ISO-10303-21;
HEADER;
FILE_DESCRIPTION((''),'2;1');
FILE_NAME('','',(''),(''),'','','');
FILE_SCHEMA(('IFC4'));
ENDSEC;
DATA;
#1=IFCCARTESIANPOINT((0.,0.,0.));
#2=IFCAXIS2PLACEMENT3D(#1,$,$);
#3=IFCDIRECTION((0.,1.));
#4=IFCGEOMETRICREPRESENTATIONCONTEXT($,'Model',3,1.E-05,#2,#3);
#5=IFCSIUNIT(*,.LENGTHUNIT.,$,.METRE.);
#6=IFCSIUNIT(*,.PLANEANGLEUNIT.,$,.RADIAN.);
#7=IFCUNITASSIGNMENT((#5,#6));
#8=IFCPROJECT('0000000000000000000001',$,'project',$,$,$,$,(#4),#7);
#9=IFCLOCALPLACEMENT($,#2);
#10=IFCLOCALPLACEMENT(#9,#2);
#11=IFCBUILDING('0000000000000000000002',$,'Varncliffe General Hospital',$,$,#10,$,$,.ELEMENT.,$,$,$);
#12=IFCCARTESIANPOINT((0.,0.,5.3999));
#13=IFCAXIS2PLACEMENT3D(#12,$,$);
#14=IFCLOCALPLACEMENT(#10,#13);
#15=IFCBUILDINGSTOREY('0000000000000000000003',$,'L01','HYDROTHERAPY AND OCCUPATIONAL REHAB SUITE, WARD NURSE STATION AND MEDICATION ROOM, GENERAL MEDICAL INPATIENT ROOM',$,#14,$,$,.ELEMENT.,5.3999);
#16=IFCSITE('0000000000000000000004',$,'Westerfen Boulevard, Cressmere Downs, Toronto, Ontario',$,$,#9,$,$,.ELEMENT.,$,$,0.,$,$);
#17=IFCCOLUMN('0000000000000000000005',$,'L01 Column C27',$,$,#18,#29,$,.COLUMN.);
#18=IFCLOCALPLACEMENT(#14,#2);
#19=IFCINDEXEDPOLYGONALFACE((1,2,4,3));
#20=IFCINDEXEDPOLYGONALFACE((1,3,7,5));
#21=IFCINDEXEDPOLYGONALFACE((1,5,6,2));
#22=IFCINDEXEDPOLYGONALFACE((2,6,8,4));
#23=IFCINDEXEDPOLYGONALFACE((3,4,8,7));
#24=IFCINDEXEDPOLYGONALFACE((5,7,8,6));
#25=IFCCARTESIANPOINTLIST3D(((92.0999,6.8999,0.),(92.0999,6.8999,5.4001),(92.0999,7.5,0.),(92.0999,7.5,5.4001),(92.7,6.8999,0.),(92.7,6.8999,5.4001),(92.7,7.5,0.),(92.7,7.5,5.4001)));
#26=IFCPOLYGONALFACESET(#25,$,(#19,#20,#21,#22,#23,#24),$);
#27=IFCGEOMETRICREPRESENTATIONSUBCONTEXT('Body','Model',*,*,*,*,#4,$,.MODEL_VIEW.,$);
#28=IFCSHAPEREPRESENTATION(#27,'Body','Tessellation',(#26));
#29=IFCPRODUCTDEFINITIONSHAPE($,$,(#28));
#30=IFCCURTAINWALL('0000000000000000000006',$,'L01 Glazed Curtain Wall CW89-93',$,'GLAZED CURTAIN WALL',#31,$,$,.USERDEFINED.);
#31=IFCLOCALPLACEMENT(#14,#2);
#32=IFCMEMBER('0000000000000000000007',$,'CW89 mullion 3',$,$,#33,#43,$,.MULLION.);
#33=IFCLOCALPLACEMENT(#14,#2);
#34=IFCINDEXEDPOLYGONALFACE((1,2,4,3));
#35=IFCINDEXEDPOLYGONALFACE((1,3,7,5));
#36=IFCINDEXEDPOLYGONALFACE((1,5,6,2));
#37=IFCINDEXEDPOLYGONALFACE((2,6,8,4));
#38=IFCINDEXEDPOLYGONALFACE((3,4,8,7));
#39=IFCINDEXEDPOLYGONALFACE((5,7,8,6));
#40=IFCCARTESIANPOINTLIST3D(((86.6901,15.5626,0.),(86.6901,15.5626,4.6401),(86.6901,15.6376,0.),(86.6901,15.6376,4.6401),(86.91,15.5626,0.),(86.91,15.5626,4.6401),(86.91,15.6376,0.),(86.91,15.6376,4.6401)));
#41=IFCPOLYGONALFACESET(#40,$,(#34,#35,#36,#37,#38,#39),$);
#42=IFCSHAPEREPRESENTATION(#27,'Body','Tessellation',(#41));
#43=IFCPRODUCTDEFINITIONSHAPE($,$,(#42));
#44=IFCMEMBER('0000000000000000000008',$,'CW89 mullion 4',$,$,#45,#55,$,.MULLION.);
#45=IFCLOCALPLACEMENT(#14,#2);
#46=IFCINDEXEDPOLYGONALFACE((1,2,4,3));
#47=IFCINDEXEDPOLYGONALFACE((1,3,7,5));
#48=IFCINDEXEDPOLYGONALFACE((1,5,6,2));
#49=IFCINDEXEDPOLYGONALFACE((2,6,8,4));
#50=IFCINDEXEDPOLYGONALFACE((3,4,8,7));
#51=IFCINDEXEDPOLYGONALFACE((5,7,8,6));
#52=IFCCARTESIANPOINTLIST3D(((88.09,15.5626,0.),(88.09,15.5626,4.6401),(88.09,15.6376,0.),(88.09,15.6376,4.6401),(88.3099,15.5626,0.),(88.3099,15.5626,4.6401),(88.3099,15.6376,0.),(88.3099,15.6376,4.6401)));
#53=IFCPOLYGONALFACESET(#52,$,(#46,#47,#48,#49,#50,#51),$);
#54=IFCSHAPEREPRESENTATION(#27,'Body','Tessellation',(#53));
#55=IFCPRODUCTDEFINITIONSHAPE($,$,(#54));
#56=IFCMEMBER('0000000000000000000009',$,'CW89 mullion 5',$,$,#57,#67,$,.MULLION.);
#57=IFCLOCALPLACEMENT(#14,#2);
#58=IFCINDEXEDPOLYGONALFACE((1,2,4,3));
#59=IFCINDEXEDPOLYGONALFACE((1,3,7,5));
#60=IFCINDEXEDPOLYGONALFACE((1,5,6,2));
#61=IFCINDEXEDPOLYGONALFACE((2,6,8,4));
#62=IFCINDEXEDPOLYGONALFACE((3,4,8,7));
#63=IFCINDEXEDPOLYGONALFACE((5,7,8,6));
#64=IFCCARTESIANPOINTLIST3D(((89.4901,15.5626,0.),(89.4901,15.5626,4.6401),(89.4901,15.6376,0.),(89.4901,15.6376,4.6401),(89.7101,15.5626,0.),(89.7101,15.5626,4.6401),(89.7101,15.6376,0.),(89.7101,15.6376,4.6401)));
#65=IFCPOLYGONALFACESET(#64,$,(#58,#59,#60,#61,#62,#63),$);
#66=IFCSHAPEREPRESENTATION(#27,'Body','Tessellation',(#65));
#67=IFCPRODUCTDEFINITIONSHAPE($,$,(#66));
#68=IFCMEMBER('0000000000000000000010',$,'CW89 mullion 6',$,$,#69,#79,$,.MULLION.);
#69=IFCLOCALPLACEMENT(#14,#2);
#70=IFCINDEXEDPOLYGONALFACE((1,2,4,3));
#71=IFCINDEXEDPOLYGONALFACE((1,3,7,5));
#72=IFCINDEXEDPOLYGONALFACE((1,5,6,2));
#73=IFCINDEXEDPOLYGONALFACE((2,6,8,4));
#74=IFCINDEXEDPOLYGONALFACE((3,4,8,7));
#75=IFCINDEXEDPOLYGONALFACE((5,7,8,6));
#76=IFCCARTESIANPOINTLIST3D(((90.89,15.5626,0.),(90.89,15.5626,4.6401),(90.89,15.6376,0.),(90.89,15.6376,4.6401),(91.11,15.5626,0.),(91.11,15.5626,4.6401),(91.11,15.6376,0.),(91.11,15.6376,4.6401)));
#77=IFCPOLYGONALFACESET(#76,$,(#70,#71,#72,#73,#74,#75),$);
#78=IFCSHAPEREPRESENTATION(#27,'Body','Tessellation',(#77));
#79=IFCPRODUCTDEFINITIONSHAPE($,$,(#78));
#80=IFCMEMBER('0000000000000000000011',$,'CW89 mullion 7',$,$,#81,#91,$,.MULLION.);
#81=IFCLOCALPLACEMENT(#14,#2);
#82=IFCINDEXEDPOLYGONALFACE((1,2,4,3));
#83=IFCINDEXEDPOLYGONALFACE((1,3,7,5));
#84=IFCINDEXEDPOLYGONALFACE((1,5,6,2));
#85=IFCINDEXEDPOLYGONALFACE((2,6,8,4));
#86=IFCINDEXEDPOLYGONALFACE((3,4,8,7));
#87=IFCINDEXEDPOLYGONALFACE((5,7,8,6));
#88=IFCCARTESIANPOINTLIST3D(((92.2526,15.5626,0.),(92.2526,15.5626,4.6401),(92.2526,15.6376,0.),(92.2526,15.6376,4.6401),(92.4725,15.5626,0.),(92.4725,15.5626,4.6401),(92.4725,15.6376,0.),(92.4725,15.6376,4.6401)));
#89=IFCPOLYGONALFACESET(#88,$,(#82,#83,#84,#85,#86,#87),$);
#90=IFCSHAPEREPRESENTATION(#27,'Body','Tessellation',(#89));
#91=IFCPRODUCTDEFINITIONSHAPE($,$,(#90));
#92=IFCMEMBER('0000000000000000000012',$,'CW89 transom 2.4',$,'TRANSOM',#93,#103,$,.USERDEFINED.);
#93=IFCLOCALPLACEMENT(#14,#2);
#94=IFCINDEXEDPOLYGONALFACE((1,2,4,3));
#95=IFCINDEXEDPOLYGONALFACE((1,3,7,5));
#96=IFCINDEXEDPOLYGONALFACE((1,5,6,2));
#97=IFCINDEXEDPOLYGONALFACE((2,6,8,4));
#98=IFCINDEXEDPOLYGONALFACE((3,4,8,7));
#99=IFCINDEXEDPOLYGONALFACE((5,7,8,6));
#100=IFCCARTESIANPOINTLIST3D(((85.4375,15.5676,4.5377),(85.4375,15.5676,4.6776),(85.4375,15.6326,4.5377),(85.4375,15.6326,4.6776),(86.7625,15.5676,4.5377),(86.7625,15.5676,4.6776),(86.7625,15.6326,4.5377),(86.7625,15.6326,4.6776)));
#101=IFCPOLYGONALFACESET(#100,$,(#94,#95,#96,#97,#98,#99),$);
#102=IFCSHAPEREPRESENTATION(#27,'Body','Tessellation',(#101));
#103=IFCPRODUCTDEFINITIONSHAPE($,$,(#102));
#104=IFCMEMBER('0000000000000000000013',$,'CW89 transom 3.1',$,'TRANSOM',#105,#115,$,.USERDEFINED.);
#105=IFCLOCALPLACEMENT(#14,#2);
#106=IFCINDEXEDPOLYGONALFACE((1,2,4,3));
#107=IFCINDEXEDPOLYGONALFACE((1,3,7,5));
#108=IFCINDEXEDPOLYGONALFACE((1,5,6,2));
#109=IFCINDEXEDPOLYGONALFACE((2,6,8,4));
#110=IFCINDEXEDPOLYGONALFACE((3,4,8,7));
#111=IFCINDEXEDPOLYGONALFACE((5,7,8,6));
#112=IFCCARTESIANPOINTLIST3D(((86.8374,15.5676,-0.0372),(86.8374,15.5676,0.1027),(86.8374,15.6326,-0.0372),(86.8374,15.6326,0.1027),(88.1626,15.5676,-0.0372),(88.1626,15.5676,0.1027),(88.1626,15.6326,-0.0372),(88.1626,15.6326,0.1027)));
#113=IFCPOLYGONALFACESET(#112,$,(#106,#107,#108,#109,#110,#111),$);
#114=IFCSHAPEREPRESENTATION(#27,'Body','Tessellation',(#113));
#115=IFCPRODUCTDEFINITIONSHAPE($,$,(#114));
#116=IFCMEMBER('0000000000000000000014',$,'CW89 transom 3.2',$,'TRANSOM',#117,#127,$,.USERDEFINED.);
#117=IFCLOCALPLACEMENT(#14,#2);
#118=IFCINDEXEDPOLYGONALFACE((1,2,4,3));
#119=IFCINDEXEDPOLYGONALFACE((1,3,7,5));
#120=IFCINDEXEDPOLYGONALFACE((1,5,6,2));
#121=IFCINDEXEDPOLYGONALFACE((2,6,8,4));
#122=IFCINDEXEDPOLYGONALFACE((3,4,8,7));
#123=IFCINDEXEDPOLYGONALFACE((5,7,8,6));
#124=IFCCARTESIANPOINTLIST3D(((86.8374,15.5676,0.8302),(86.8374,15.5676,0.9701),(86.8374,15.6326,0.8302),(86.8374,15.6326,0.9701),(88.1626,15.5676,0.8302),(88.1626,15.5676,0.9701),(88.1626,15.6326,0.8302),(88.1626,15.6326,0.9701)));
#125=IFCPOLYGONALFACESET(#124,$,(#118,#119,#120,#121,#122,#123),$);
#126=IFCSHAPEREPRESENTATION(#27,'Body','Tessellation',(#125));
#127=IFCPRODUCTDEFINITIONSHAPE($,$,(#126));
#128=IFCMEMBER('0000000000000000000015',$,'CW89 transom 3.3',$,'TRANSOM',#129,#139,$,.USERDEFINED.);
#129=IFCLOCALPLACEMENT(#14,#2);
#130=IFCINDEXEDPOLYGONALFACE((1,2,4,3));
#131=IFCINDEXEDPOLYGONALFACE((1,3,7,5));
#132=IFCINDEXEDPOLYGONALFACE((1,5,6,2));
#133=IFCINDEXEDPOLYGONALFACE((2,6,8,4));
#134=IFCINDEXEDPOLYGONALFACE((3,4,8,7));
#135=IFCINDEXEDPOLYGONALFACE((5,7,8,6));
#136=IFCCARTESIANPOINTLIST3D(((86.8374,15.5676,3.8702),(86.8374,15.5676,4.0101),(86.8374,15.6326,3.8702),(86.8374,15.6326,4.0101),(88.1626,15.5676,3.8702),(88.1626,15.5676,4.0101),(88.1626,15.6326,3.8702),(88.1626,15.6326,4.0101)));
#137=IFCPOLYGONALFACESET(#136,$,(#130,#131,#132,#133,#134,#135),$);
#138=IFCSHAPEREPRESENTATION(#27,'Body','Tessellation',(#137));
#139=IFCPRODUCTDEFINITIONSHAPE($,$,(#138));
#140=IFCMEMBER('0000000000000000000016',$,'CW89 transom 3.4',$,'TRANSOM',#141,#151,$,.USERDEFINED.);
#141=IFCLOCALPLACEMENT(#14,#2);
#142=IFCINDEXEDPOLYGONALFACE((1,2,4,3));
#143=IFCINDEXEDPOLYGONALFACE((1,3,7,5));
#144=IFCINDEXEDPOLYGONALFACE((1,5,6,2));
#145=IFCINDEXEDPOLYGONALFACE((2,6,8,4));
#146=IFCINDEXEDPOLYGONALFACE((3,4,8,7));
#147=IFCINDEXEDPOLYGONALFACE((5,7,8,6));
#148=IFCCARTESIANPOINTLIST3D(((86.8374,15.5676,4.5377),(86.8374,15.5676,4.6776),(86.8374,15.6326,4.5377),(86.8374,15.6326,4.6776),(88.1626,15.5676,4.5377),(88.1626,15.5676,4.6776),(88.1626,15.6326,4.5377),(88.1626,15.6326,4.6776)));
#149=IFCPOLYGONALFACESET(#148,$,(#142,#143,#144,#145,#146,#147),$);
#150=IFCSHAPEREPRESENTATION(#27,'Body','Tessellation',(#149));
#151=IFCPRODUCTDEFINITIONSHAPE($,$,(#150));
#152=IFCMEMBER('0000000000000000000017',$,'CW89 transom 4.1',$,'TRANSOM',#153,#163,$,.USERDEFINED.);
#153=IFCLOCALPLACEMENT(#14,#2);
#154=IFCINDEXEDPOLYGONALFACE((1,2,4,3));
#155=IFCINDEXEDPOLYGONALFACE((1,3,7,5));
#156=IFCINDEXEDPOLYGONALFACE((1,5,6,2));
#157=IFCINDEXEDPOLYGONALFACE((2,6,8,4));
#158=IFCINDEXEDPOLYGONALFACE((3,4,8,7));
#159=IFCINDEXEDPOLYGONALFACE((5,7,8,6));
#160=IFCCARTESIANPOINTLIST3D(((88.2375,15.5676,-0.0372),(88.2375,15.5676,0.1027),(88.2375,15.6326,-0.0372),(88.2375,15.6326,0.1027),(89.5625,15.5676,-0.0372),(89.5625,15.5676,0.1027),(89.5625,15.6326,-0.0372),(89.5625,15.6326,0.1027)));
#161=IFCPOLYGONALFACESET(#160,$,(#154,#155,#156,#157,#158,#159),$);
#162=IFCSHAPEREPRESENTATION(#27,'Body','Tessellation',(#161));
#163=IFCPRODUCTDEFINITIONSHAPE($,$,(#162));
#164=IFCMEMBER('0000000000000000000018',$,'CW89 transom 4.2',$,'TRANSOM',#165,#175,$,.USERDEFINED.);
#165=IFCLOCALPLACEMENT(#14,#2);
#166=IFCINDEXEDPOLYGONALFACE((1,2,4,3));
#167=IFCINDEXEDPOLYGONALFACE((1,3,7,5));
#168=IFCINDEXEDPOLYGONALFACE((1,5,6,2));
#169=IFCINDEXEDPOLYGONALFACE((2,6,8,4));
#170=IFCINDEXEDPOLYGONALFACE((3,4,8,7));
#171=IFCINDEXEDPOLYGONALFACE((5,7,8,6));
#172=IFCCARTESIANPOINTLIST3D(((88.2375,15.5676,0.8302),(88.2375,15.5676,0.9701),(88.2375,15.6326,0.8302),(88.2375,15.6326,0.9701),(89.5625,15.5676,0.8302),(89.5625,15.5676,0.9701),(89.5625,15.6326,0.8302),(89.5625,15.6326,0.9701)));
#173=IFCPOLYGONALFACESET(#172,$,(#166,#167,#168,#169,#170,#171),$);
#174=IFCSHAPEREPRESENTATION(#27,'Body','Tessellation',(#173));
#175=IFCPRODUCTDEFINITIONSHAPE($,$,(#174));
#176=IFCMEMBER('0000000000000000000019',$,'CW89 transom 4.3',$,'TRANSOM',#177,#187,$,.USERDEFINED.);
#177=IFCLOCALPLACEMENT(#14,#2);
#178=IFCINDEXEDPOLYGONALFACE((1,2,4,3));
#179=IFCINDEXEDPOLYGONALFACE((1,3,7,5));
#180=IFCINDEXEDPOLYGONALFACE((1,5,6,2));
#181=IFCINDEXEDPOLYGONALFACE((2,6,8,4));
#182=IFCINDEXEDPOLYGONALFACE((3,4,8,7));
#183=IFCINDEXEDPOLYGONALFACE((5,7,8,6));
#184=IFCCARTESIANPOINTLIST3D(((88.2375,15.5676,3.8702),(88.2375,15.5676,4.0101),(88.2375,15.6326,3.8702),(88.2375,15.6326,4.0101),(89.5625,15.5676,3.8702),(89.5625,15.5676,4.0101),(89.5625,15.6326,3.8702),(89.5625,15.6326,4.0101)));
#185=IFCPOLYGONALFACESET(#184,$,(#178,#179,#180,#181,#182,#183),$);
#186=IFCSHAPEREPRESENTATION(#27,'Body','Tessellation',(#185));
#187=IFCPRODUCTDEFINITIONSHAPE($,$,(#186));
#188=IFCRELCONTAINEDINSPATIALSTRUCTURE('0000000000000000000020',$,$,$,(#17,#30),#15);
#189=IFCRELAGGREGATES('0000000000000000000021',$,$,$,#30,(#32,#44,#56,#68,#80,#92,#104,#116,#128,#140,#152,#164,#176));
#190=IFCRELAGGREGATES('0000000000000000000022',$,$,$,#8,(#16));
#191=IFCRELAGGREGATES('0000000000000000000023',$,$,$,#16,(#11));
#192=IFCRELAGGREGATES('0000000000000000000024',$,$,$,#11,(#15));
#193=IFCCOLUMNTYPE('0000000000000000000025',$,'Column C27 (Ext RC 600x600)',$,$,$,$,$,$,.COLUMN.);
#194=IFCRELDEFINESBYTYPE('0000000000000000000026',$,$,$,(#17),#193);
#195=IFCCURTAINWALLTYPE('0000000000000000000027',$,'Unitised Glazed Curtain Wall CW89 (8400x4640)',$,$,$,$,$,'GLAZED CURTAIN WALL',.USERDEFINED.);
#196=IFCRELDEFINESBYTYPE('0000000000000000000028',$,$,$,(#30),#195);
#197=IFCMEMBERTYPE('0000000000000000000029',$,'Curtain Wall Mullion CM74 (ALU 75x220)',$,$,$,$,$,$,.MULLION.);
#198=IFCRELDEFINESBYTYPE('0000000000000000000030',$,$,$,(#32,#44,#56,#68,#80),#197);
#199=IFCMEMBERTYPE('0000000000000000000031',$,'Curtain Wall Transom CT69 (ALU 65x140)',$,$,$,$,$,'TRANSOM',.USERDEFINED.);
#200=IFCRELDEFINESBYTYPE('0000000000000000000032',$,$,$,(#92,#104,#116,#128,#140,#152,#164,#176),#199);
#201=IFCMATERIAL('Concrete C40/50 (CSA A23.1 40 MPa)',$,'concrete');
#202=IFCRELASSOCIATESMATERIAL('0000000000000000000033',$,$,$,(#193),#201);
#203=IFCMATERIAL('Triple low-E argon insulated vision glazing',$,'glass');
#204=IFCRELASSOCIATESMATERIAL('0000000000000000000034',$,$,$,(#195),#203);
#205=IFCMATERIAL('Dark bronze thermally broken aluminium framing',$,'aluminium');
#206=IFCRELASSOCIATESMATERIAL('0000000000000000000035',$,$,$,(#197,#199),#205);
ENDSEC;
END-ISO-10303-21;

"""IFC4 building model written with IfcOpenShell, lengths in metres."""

from ifc_helpers import new_model, si_unit, direction, frame, origin, origin_2d, place, context, subcontext, project, spatial, rectangle, extrude, material, material_profile, profile_set, type_object, element, aggregate, save


model = new_model("IFC4")

# Units and contexts
model_context = context("Model", 3, precision=1e-05, world=origin(), true_north=direction((0.0, 1.0)))
body_context = subcontext(model_context, "Body", "Model", "MODEL_VIEW")
ifc_project = project(units=[si_unit("LENGTHUNIT", "METRE"), si_unit("PLANEANGLEUNIT", "RADIAN")], contexts=[model_context])

# Site, building, storey
site_placement = place(None, origin())
site = spatial("IfcSite", under=ifc_project, at=site_placement, Name="Westerfen Boulevard, Cressmere Downs, Toronto, Ontario", CompositionType="ELEMENT", RefElevation=0.0)
building_placement = place(site_placement, origin())
building = spatial("IfcBuilding", under=site, at=building_placement, Name="Varncliffe General Hospital", CompositionType="ELEMENT")
storey_placement = place(building_placement, frame((0.0, 0.0, 5.3999)))
storey = spatial("IfcBuildingStorey", under=building, at=storey_placement, Name="L01", Description="HYDROTHERAPY AND OCCUPATIONAL REHAB SUITE, WARD NURSE STATION AND MEDICATION ROOM, GENERAL MEDICAL INPATIENT ROOM", CompositionType="ELEMENT", Elevation=5.3999)

# Column
ifc_material_1 = material(Name="Concrete C40/50 (CSA A23.1 40 MPa)", Category="concrete")
ifc_material_profile_1 = material_profile(ifc_material_1, rectangle(XDim=0.6001, YDim=0.6001, at=origin_2d()), Name="RC 600x600")
ifc_profile_set_1 = profile_set([ifc_material_profile_1], Name="Concrete C40/50 (CSA A23.1 40 MPa)")
column_type = type_object("IfcColumnType", Name="Column C27 (Ext RC 600x600)", PredefinedType="COLUMN", material=ifc_profile_set_1)
column_placement = place(storey_placement, frame((92.3999, 7.2, 0.0), z_axis=(0.0, 0.0, 1.0), x_axis=(1.0, 0.0, 0.0)))
element("IfcColumn", 1, at=column_placement, inside=storey, type_object=column_type, Name="L01 Column C27", PredefinedType="COLUMN", context=body_context, shape_type="SweptSolid", body=[
    extrude(rectangle(XDim=0.6001, YDim=0.6001, at=origin_2d()), origin(), (0.0, 0.0, 1.0), 5.4001),
])

# Curtain wall, members
ifc_material_2 = material(Name="Triple low-E argon insulated vision glazing", Category="glass")
curtain_wall_type = type_object("IfcCurtainWallType", Name="Unitised Glazed Curtain Wall CW89 (8400x4640)", ElementType="GLAZED CURTAIN WALL", PredefinedType="USERDEFINED", material=ifc_material_2)
curtain_wall_placement = place(storey_placement, origin())
curtain_wall = element("IfcCurtainWall", 2, at=curtain_wall_placement, inside=storey, type_object=curtain_wall_type, Name="L01 Glazed Curtain Wall CW89-93", ObjectType="GLAZED CURTAIN WALL", PredefinedType="USERDEFINED")
ifc_material_3 = material(Name="Dark bronze thermally broken aluminium framing", Category="aluminium")
ifc_material_profile_2 = material_profile(ifc_material_3, rectangle(XDim=0.075, YDim=0.22, at=origin_2d()), Name="ALU 75x220")
ifc_profile_set_2 = profile_set([ifc_material_profile_2], Name="Dark bronze thermally broken aluminium framing")
member_type_1 = type_object("IfcMemberType", Name="Curtain Wall Mullion CM74 (ALU 75x220)", PredefinedType="MULLION", material=ifc_profile_set_2)
member_1_placement = place(storey_placement, frame((86.8, 15.6001, 0.0), z_axis=(0.0, 0.0, 1.0), x_axis=(0.0, 1.0, 0.0)))
member_1 = element("IfcMember", 3, at=member_1_placement, type_object=member_type_1, Name="CW89 mullion 3", PredefinedType="MULLION", context=body_context, shape_type="SweptSolid", body=[
    extrude(rectangle(XDim=0.075, YDim=0.22, at=origin_2d()), origin(), (0.0, 0.0, 1.0), 4.6401),
])
member_2_placement = place(storey_placement, frame((88.2, 15.6001, 0.0), z_axis=(0.0, 0.0, 1.0), x_axis=(0.0, 1.0, 0.0)))
member_2 = element("IfcMember", 4, at=member_2_placement, type_object=member_type_1, Name="CW89 mullion 4", PredefinedType="MULLION", context=body_context, shape_type="SweptSolid", body=[
    extrude(rectangle(XDim=0.075, YDim=0.22, at=origin_2d()), origin(), (0.0, 0.0, 1.0), 4.6401),
])
member_3_placement = place(storey_placement, frame((89.6001, 15.6001, 0.0), z_axis=(0.0, 0.0, 1.0), x_axis=(0.0, 1.0, 0.0)))
member_3 = element("IfcMember", 5, at=member_3_placement, type_object=member_type_1, Name="CW89 mullion 5", PredefinedType="MULLION", context=body_context, shape_type="SweptSolid", body=[
    extrude(rectangle(XDim=0.075, YDim=0.22, at=origin_2d()), origin(), (0.0, 0.0, 1.0), 4.6401),
])
member_4_placement = place(storey_placement, frame((91.0, 15.6001, 0.0), z_axis=(0.0, 0.0, 1.0), x_axis=(0.0, 1.0, 0.0)))
member_4 = element("IfcMember", 6, at=member_4_placement, type_object=member_type_1, Name="CW89 mullion 6", PredefinedType="MULLION", context=body_context, shape_type="SweptSolid", body=[
    extrude(rectangle(XDim=0.075, YDim=0.22, at=origin_2d()), origin(), (0.0, 0.0, 1.0), 4.6401),
])
member_5_placement = place(storey_placement, frame((92.3625, 15.6001, 0.0), z_axis=(0.0, 0.0, 1.0), x_axis=(0.0, 1.0, 0.0)))
member_5 = element("IfcMember", 7, at=member_5_placement, type_object=member_type_1, Name="CW89 mullion 7", PredefinedType="MULLION", context=body_context, shape_type="SweptSolid", body=[
    extrude(rectangle(XDim=0.075, YDim=0.22, at=origin_2d()), origin(), (0.0, 0.0, 1.0), 4.6401),
])
ifc_material_profile_3 = material_profile(ifc_material_3, rectangle(XDim=0.0649, YDim=0.1399, at=origin_2d()), Name="ALU 65x140")
ifc_profile_set_3 = profile_set([ifc_material_profile_3], Name="Dark bronze thermally broken aluminium framing")
member_type_2 = type_object("IfcMemberType", Name="Curtain Wall Transom CT69 (ALU 65x140)", ElementType="TRANSOM", PredefinedType="USERDEFINED", material=ifc_profile_set_3)
member_6_placement = place(storey_placement, frame((85.4375, 15.6001, 4.6077), z_axis=(1.0, 0.0, 0.0), x_axis=(0.0, 1.0, 0.0)))
member_6 = element("IfcMember", 8, at=member_6_placement, type_object=member_type_2, Name="CW89 transom 2.4", ObjectType="TRANSOM", PredefinedType="USERDEFINED", context=body_context, shape_type="SweptSolid", body=[
    extrude(rectangle(XDim=0.0649, YDim=0.1399, at=origin_2d()), origin(), (0.0, 0.0, 1.0), 1.325),
])
member_7_placement = place(storey_placement, frame((86.8374, 15.6001, 0.0327), z_axis=(1.0, 0.0, 0.0), x_axis=(0.0, 1.0, 0.0)))
member_7 = element("IfcMember", 9, at=member_7_placement, type_object=member_type_2, Name="CW89 transom 3.1", ObjectType="TRANSOM", PredefinedType="USERDEFINED", context=body_context, shape_type="SweptSolid", body=[
    extrude(rectangle(XDim=0.0649, YDim=0.1399, at=origin_2d()), origin(), (0.0, 0.0, 1.0), 1.3252),
])
member_8_placement = place(storey_placement, frame((86.8374, 15.6001, 0.9001), z_axis=(1.0, 0.0, 0.0), x_axis=(0.0, 1.0, 0.0)))
member_8 = element("IfcMember", 10, at=member_8_placement, type_object=member_type_2, Name="CW89 transom 3.2", ObjectType="TRANSOM", PredefinedType="USERDEFINED", context=body_context, shape_type="SweptSolid", body=[
    extrude(rectangle(XDim=0.0649, YDim=0.1399, at=origin_2d()), origin(), (0.0, 0.0, 1.0), 1.3252),
])
member_9_placement = place(storey_placement, frame((86.8374, 15.6001, 3.9402), z_axis=(1.0, 0.0, 0.0), x_axis=(0.0, 1.0, 0.0)))
member_9 = element("IfcMember", 11, at=member_9_placement, type_object=member_type_2, Name="CW89 transom 3.3", ObjectType="TRANSOM", PredefinedType="USERDEFINED", context=body_context, shape_type="SweptSolid", body=[
    extrude(rectangle(XDim=0.0649, YDim=0.1399, at=origin_2d()), origin(), (0.0, 0.0, 1.0), 1.3252),
])
member_10_placement = place(storey_placement, frame((86.8374, 15.6001, 4.6077), z_axis=(1.0, 0.0, 0.0), x_axis=(0.0, 1.0, 0.0)))
member_10 = element("IfcMember", 12, at=member_10_placement, type_object=member_type_2, Name="CW89 transom 3.4", ObjectType="TRANSOM", PredefinedType="USERDEFINED", context=body_context, shape_type="SweptSolid", body=[
    extrude(rectangle(XDim=0.0649, YDim=0.1399, at=origin_2d()), origin(), (0.0, 0.0, 1.0), 1.3252),
])
member_11_placement = place(storey_placement, frame((88.2375, 15.6001, 0.0327), z_axis=(1.0, 0.0, 0.0), x_axis=(0.0, 1.0, 0.0)))
member_11 = element("IfcMember", 13, at=member_11_placement, type_object=member_type_2, Name="CW89 transom 4.1", ObjectType="TRANSOM", PredefinedType="USERDEFINED", context=body_context, shape_type="SweptSolid", body=[
    extrude(rectangle(XDim=0.0649, YDim=0.1399, at=origin_2d()), origin(), (0.0, 0.0, 1.0), 1.325),
])
member_12_placement = place(storey_placement, frame((88.2375, 15.6001, 0.9001), z_axis=(1.0, 0.0, 0.0), x_axis=(0.0, 1.0, 0.0)))
member_12 = element("IfcMember", 14, at=member_12_placement, type_object=member_type_2, Name="CW89 transom 4.2", ObjectType="TRANSOM", PredefinedType="USERDEFINED", context=body_context, shape_type="SweptSolid", body=[
    extrude(rectangle(XDim=0.0649, YDim=0.1399, at=origin_2d()), origin(), (0.0, 0.0, 1.0), 1.325),
])
member_13_placement = place(storey_placement, frame((88.2375, 15.6001, 3.9402), z_axis=(1.0, 0.0, 0.0), x_axis=(0.0, 1.0, 0.0)))
member_13 = element("IfcMember", 15, at=member_13_placement, type_object=member_type_2, Name="CW89 transom 4.3", ObjectType="TRANSOM", PredefinedType="USERDEFINED", context=body_context, shape_type="SweptSolid", body=[
    extrude(rectangle(XDim=0.0649, YDim=0.1399, at=origin_2d()), origin(), (0.0, 0.0, 1.0), 1.325),
])
aggregate(curtain_wall, [member_1, member_2, member_3, member_4, member_5, member_6, member_7, member_8, member_9, member_10, member_11, member_12, member_13])

save(model, "model.ifc")
